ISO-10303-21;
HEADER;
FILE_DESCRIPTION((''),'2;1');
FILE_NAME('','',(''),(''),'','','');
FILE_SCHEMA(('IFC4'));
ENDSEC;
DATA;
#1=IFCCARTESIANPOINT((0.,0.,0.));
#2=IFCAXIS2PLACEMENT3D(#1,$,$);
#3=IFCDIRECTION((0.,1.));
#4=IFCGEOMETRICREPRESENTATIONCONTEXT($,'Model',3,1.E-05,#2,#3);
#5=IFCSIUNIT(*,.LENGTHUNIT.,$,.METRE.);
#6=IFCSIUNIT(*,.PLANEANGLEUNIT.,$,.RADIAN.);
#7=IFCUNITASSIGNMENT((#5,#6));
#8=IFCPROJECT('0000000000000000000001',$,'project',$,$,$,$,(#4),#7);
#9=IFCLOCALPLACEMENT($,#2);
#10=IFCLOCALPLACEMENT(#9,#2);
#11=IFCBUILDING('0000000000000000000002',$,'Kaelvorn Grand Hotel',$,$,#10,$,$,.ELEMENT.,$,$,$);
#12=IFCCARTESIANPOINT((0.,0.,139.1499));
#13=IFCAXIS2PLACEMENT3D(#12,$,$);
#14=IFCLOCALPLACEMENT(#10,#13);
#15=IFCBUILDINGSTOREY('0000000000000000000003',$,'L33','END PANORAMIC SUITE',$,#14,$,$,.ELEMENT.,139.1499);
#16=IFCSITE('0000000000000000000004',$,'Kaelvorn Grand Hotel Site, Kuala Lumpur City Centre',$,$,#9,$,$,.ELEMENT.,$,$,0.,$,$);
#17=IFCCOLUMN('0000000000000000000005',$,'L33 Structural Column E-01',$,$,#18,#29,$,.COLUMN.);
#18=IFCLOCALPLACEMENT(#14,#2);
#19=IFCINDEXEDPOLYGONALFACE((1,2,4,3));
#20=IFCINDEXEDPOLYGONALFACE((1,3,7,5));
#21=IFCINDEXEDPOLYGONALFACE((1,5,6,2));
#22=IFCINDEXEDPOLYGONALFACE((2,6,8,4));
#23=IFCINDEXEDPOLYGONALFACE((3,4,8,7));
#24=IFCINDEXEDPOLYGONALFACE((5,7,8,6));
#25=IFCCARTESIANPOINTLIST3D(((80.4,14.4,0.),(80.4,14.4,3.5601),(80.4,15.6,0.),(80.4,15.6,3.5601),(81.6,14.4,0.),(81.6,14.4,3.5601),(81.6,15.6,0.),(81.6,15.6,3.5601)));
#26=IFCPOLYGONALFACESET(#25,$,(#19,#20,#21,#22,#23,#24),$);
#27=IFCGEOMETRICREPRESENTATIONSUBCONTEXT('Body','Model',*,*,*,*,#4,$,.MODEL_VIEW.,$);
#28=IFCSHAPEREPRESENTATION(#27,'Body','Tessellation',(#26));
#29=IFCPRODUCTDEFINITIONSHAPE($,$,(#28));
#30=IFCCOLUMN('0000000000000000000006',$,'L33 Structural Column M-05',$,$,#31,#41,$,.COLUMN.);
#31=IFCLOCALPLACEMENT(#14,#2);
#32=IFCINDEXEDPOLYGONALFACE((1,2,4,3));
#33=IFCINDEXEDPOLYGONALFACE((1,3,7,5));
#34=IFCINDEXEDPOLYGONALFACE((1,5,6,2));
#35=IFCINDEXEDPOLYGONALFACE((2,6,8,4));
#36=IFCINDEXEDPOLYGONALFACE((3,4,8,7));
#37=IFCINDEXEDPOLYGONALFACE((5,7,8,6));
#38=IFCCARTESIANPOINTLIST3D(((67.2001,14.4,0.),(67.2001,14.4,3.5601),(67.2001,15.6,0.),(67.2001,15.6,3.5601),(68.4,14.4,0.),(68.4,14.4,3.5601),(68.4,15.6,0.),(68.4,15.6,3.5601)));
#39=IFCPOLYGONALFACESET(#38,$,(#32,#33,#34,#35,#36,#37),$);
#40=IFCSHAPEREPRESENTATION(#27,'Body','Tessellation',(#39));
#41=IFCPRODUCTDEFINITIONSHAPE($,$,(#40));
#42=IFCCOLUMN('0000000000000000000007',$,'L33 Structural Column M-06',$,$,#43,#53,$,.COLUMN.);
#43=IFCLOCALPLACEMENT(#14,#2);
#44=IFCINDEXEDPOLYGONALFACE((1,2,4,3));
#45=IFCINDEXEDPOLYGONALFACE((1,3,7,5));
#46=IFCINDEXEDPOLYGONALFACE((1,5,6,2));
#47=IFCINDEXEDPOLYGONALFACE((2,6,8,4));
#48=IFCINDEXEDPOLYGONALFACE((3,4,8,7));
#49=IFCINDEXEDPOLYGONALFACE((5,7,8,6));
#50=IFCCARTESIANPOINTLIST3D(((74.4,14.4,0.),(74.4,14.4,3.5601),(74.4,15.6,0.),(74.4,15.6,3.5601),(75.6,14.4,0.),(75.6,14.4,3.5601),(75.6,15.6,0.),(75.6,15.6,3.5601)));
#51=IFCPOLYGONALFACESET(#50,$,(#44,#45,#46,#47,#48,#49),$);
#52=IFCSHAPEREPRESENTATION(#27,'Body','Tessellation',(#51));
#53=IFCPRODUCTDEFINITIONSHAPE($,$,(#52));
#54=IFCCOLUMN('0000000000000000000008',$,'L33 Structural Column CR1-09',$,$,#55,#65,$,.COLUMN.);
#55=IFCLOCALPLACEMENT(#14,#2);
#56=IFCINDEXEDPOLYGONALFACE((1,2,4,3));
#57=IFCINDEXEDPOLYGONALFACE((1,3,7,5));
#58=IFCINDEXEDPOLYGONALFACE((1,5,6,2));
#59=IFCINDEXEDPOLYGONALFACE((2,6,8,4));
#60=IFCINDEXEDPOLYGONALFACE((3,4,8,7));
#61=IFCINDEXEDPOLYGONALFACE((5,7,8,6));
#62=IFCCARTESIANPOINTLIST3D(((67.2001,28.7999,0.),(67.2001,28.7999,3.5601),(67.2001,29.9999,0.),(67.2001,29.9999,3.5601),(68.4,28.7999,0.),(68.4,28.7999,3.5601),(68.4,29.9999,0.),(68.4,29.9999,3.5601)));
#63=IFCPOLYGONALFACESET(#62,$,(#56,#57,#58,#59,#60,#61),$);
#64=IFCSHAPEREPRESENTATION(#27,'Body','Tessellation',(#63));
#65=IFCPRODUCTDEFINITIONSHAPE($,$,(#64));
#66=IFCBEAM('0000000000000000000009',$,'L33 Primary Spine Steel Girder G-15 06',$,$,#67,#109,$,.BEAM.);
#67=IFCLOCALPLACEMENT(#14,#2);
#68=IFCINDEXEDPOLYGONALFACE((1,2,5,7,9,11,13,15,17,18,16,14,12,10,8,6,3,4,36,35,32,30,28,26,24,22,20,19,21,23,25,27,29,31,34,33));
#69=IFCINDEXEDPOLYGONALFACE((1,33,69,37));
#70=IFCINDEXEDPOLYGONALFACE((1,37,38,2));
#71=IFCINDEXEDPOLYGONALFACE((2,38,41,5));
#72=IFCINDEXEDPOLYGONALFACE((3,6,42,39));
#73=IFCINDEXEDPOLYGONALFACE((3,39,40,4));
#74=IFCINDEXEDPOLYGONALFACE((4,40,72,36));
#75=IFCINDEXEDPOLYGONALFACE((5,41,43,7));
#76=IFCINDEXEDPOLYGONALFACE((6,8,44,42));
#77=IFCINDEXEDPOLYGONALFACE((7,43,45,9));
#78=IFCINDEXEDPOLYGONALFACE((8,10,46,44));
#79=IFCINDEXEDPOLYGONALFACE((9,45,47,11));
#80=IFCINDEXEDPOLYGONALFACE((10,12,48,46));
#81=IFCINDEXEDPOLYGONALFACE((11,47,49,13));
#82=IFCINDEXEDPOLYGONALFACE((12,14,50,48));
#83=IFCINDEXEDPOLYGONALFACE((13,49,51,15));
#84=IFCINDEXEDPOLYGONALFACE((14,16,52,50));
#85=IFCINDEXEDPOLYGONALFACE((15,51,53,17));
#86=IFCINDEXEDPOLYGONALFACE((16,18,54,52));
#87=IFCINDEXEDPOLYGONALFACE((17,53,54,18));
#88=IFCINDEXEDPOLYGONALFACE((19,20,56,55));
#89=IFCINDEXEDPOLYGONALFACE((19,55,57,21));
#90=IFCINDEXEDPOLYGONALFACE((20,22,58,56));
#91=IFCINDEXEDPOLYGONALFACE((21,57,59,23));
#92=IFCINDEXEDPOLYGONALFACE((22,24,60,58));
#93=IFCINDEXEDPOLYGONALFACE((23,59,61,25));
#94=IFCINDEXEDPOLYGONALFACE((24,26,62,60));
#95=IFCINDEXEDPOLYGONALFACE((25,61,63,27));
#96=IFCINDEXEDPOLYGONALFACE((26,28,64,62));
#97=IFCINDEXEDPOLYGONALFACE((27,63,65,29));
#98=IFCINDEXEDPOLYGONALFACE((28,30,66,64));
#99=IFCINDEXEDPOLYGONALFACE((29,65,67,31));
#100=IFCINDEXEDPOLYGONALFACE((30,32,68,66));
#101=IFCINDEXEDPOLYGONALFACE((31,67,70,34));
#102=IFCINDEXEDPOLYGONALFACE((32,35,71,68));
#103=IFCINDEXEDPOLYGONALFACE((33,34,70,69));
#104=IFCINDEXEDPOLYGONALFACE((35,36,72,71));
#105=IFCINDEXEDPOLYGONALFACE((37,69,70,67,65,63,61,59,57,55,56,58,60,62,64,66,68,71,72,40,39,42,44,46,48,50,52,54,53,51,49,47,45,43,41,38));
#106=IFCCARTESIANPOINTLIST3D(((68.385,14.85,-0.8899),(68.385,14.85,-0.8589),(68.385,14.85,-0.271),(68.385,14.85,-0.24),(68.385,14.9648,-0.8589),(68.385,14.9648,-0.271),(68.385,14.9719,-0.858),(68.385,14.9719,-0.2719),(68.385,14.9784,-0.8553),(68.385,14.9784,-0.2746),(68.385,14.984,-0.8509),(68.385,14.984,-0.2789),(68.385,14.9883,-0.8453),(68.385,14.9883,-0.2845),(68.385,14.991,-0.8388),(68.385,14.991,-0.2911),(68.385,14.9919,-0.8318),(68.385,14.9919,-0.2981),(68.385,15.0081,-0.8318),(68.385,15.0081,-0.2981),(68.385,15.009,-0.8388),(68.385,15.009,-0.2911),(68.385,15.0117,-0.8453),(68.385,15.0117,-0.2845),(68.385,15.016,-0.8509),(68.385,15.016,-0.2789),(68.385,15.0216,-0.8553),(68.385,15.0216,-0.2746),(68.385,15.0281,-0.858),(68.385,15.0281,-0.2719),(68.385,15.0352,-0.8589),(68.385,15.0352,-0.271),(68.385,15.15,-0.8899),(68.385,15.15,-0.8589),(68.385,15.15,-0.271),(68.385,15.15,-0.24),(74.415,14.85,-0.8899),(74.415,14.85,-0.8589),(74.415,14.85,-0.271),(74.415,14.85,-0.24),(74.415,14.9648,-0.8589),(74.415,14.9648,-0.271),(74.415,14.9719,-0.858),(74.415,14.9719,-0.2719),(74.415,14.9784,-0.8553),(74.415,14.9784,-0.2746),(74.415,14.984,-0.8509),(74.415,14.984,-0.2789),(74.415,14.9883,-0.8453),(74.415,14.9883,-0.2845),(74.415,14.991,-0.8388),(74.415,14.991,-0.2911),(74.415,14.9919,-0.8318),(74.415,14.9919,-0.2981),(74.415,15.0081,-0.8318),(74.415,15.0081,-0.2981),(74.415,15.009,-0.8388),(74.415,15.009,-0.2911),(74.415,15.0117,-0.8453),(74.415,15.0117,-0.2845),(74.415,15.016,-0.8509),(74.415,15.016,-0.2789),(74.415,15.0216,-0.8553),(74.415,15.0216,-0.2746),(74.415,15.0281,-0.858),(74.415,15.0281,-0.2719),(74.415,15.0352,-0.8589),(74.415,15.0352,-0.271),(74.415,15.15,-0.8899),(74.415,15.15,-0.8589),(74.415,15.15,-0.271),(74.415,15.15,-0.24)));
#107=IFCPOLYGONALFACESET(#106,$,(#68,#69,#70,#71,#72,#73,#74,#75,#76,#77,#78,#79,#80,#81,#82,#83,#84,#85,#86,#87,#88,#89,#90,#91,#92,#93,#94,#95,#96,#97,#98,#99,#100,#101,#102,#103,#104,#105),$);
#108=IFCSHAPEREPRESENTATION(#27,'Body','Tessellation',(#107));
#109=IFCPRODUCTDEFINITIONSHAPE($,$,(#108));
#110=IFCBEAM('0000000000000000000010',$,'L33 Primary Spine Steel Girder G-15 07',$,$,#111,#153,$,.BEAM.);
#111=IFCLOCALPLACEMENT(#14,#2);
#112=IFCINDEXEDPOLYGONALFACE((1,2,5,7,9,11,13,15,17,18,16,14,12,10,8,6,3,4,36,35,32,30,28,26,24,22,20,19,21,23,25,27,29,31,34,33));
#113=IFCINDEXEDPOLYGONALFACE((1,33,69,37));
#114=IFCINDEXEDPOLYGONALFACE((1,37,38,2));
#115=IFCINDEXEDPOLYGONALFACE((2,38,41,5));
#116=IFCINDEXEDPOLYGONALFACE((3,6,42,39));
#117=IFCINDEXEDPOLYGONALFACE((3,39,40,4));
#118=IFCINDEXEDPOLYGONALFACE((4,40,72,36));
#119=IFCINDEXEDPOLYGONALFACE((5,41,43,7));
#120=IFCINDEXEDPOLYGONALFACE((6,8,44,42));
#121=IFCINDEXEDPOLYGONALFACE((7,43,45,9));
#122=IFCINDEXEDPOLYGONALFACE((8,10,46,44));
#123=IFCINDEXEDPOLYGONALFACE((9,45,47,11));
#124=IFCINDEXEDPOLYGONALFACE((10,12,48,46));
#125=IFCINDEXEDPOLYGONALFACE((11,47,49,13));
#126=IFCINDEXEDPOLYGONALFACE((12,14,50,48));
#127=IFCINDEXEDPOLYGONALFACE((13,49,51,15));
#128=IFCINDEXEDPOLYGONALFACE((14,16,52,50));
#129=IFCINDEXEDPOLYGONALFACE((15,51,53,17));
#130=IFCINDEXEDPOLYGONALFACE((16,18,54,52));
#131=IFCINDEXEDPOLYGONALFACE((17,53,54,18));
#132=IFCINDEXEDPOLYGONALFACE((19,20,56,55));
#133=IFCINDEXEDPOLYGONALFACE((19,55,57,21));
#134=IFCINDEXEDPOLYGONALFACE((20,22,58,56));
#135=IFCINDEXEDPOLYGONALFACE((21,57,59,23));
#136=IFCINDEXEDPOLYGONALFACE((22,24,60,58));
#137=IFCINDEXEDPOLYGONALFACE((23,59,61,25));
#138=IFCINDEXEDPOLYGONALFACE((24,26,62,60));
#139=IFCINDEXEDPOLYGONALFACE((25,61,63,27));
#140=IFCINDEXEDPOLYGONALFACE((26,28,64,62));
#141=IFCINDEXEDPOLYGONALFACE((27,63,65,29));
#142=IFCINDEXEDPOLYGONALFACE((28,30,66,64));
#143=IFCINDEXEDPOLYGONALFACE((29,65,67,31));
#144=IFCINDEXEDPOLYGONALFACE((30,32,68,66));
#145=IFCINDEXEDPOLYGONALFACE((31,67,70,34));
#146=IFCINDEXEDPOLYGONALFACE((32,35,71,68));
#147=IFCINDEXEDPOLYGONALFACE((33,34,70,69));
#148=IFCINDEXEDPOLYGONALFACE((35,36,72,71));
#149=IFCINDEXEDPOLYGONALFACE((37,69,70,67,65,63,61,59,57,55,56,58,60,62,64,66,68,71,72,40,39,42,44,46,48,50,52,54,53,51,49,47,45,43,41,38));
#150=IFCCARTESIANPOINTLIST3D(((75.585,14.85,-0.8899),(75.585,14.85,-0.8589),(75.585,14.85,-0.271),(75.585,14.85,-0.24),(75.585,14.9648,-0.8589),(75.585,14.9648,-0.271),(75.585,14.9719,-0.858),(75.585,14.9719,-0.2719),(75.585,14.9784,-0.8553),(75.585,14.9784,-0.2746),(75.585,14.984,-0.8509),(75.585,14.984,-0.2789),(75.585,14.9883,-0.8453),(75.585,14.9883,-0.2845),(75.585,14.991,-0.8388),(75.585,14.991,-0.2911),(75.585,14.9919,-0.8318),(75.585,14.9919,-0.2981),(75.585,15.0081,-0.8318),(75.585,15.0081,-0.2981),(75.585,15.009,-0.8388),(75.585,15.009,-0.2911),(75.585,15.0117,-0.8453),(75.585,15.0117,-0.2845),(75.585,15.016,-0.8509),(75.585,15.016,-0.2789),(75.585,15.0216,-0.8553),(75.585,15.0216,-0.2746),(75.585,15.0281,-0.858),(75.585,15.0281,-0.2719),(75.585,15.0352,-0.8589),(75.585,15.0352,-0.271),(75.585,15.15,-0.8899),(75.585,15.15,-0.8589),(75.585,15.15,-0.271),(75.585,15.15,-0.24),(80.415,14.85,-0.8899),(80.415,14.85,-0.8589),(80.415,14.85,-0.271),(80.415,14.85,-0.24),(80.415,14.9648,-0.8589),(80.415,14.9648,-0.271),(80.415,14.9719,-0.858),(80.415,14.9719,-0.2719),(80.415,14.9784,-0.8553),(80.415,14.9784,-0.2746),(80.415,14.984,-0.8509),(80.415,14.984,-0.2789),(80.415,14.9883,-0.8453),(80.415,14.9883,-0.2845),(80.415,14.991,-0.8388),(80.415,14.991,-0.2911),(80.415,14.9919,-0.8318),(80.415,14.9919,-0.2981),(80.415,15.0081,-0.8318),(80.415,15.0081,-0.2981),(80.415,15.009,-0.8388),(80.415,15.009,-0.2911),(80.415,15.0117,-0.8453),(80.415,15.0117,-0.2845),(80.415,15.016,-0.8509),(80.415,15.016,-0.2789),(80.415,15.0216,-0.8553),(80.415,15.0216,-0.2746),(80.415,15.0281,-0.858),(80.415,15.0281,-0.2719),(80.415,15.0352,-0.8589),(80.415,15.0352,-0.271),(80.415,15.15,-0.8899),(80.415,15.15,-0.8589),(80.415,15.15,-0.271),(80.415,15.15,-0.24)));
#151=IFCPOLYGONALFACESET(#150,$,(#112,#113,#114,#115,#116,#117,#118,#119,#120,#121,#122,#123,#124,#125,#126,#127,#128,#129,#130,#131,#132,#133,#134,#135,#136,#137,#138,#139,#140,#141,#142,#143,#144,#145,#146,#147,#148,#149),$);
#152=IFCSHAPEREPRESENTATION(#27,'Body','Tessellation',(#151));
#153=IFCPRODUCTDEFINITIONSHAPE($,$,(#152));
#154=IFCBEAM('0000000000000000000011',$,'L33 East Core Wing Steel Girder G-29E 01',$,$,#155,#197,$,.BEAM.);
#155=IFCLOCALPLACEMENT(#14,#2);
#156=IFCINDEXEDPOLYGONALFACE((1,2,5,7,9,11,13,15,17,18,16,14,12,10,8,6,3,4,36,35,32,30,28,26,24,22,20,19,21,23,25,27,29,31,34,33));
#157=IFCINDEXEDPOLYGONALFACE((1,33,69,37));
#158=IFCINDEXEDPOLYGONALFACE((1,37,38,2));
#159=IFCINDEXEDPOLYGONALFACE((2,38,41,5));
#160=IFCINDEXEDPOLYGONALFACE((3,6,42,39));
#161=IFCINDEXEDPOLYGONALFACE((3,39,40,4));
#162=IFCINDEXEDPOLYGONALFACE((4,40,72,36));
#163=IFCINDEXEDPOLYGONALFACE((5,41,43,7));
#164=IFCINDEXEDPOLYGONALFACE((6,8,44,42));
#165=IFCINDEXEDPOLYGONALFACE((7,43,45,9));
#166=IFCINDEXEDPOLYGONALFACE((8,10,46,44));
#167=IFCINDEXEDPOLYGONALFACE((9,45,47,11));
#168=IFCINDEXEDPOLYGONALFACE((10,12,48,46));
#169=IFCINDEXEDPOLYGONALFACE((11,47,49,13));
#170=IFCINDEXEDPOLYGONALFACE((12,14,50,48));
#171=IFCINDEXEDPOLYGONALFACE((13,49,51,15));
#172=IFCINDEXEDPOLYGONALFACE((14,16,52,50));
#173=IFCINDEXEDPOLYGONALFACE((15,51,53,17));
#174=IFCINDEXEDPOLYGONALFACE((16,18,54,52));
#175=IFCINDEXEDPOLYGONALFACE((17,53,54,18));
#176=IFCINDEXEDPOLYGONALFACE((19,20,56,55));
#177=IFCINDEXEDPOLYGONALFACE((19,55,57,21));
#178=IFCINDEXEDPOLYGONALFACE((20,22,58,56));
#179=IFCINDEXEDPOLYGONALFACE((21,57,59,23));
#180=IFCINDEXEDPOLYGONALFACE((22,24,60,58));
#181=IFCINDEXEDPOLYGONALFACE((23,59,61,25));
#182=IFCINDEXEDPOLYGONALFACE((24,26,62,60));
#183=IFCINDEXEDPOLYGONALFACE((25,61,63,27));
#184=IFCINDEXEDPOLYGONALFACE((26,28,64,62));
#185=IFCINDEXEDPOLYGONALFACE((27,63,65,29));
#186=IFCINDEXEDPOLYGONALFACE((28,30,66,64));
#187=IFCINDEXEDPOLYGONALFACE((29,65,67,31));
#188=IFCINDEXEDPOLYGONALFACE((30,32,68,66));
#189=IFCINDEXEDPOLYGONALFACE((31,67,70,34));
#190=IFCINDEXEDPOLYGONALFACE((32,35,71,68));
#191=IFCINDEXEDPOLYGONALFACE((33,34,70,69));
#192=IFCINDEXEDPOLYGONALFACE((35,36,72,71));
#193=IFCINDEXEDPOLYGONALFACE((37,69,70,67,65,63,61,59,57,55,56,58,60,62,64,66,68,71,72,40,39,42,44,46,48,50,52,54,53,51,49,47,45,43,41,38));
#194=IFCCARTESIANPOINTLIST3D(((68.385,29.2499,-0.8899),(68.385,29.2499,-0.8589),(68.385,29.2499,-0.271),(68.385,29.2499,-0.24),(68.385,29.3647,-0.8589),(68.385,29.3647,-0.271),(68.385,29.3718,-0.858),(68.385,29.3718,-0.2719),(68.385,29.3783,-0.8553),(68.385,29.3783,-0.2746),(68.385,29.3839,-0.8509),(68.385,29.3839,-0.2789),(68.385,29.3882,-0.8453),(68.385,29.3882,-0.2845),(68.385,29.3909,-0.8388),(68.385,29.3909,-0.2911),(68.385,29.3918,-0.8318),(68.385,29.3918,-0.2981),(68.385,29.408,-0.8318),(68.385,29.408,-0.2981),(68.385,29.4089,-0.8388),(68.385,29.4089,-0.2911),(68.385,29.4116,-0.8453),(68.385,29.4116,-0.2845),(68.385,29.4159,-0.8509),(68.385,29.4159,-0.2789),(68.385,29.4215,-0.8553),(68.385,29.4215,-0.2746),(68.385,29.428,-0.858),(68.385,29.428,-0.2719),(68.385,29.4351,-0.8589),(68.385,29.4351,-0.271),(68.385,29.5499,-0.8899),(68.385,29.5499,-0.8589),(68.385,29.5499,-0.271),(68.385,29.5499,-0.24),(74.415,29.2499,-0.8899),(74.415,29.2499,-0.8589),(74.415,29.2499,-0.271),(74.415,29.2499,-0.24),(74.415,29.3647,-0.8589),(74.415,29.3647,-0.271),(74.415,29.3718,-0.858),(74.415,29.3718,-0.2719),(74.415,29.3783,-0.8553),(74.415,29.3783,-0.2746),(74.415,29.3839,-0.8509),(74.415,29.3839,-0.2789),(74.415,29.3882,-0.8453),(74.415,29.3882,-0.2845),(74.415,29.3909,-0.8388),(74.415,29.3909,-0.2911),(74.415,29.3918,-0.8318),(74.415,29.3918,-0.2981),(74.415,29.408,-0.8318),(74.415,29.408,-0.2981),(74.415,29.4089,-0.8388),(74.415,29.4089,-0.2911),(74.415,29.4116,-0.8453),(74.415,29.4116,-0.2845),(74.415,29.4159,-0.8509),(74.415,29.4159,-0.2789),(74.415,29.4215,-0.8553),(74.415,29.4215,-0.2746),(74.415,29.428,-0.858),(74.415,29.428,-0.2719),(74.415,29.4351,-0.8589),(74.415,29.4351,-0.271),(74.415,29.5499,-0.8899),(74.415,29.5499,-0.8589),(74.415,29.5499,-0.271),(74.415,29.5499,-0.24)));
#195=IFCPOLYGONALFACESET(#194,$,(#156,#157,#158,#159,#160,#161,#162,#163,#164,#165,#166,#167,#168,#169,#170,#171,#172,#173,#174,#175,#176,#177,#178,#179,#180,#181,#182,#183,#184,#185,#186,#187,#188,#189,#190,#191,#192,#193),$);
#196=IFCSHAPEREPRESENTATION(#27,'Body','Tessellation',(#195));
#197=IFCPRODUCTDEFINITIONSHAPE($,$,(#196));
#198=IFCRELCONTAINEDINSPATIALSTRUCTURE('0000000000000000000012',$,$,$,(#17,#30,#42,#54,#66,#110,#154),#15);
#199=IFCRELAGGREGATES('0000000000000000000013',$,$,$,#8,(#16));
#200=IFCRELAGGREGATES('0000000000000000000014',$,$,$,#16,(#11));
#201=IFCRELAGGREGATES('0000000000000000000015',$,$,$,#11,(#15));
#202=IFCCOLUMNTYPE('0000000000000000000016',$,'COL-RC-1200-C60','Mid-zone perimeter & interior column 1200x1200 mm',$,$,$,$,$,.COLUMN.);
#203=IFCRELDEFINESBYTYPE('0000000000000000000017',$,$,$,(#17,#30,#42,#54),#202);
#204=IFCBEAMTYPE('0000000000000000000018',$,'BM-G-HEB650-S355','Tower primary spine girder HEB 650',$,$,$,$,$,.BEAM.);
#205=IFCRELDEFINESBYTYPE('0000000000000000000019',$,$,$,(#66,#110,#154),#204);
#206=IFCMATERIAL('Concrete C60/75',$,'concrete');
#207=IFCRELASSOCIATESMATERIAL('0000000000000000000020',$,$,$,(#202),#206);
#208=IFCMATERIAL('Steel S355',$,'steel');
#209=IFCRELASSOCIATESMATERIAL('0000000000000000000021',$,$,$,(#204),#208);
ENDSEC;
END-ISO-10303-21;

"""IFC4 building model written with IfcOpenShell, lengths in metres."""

from ifc_helpers import new_model, si_unit, direction, frame, origin, origin_2d, place, context, subcontext, project, spatial, rectangle, i_section, extrude, material, material_profile, profile_set, type_object, element, save


model = new_model("IFC4")

# Units and contexts
model_context = context("Model", 3, precision=1e-05, world=origin(), true_north=direction((0.0, 1.0)))
body_context = subcontext(model_context, "Body", "Model", "MODEL_VIEW")
ifc_project = project(units=[si_unit("LENGTHUNIT", "METRE"), si_unit("PLANEANGLEUNIT", "RADIAN")], contexts=[model_context])

# Site, building, storey
site_placement = place(None, origin())
site = spatial("IfcSite", under=ifc_project, at=site_placement, Name="Kaelvorn Grand Hotel Site, Kuala Lumpur City Centre", CompositionType="ELEMENT", RefElevation=0.0)
building_placement = place(site_placement, origin())
building = spatial("IfcBuilding", under=site, at=building_placement, Name="Kaelvorn Grand Hotel", CompositionType="ELEMENT")
storey_placement = place(building_placement, frame((0.0, 0.0, 139.1499)))
storey = spatial("IfcBuildingStorey", under=building, at=storey_placement, Name="L33", Description="END PANORAMIC SUITE", CompositionType="ELEMENT", Elevation=139.1499)

# Columns
ifc_material_1 = material(Name="Concrete C60/75", Category="concrete")
ifc_material_profile_1 = material_profile(ifc_material_1, rectangle(XDim=1.2, YDim=1.2, at=origin_2d()), Name="RC COL 1200x1200")
ifc_profile_set_1 = profile_set([ifc_material_profile_1], Name="Concrete C60/75")
column_type = type_object("IfcColumnType", Name="COL-RC-1200-C60", Description="Mid-zone perimeter & interior column 1200x1200 mm", PredefinedType="COLUMN", material=ifc_profile_set_1)
for number, where, z_axis, x_axis, name in (
    (1, (81.0, 15.0, 0.0), (0.0, 0.0, 1.0), (1.0, 0.0, 0.0), "L33 Structural Column E-01"),
    (2, (67.8, 15.0, 0.0), (0.0, 0.0, 1.0), (1.0, 0.0, 0.0), "L33 Structural Column M-05"),
    (3, (75.0, 15.0, 0.0), (0.0, 0.0, 1.0), (1.0, 0.0, 0.0), "L33 Structural Column M-06"),
    (4, (67.8, 29.3999, 0.0), (0.0, 0.0, 1.0), (1.0, 0.0, 0.0), "L33 Structural Column CR1-09"),
):
    element("IfcColumn", number, at=place(storey_placement, frame(where, z_axis=z_axis, x_axis=x_axis)), inside=storey, type_object=column_type, Name=name, PredefinedType="COLUMN", context=body_context, shape_type="SweptSolid", body=[
        extrude(rectangle(XDim=1.2, YDim=1.2, at=origin_2d()), origin(), (0.0, 0.0, 1.0), 3.5601),
    ])

# Beams
ifc_material_2 = material(Name="Steel S355", Category="steel")
ifc_material_profile_2 = material_profile(ifc_material_2, i_section(OverallWidth=0.3, OverallDepth=0.6499, WebThickness=0.0161, FlangeThickness=0.031, FilletRadius=0.0271, at=origin_2d()), Name="HEB 650")
ifc_profile_set_2 = profile_set([ifc_material_profile_2], Name="Steel S355")
beam_type_1 = type_object("IfcBeamType", Name="BM-G-HEB650-S355", Description="Tower primary spine girder HEB 650", PredefinedType="BEAM", material=ifc_profile_set_2)
beam_1_placement = place(storey_placement, frame((68.385, 15.0, -0.5649), z_axis=(1.0, 0.0, 0.0), x_axis=(0.0, 1.0, 0.0)))
element("IfcBeam", 5, at=beam_1_placement, inside=storey, type_object=beam_type_1, Name="L33 Primary Spine Steel Girder G-15 06", PredefinedType="BEAM", context=body_context, shape_type="SweptSolid", body=[
    extrude(i_section(OverallWidth=0.3, OverallDepth=0.6499, WebThickness=0.0161, FlangeThickness=0.031, FilletRadius=0.0271, at=origin_2d()), origin(), (0.0, 0.0, 1.0), 6.03),
])
beam_2_placement = place(storey_placement, frame((75.585, 15.0, -0.5649), z_axis=(1.0, 0.0, 0.0), x_axis=(0.0, 1.0, 0.0)))
element("IfcBeam", 6, at=beam_2_placement, inside=storey, type_object=beam_type_1, Name="L33 Primary Spine Steel Girder G-15 07", PredefinedType="BEAM", context=body_context, shape_type="SweptSolid", body=[
    extrude(i_section(OverallWidth=0.3, OverallDepth=0.6499, WebThickness=0.0161, FlangeThickness=0.031, FilletRadius=0.0271, at=origin_2d()), origin(), (0.0, 0.0, 1.0), 4.8301),
])
beam_3_placement = place(storey_placement, frame((68.385, 29.3999, -0.5649), z_axis=(1.0, 0.0, 0.0), x_axis=(0.0, 1.0, 0.0)))
element("IfcBeam", 7, at=beam_3_placement, inside=storey, type_object=beam_type_1, Name="L33 East Core Wing Steel Girder G-29E 01", PredefinedType="BEAM", context=body_context, shape_type="SweptSolid", body=[
    extrude(i_section(OverallWidth=0.3, OverallDepth=0.6499, WebThickness=0.0161, FlangeThickness=0.031, FilletRadius=0.0271, at=origin_2d()), origin(), (0.0, 0.0, 1.0), 6.03),
])

save(model, "model.ifc")
